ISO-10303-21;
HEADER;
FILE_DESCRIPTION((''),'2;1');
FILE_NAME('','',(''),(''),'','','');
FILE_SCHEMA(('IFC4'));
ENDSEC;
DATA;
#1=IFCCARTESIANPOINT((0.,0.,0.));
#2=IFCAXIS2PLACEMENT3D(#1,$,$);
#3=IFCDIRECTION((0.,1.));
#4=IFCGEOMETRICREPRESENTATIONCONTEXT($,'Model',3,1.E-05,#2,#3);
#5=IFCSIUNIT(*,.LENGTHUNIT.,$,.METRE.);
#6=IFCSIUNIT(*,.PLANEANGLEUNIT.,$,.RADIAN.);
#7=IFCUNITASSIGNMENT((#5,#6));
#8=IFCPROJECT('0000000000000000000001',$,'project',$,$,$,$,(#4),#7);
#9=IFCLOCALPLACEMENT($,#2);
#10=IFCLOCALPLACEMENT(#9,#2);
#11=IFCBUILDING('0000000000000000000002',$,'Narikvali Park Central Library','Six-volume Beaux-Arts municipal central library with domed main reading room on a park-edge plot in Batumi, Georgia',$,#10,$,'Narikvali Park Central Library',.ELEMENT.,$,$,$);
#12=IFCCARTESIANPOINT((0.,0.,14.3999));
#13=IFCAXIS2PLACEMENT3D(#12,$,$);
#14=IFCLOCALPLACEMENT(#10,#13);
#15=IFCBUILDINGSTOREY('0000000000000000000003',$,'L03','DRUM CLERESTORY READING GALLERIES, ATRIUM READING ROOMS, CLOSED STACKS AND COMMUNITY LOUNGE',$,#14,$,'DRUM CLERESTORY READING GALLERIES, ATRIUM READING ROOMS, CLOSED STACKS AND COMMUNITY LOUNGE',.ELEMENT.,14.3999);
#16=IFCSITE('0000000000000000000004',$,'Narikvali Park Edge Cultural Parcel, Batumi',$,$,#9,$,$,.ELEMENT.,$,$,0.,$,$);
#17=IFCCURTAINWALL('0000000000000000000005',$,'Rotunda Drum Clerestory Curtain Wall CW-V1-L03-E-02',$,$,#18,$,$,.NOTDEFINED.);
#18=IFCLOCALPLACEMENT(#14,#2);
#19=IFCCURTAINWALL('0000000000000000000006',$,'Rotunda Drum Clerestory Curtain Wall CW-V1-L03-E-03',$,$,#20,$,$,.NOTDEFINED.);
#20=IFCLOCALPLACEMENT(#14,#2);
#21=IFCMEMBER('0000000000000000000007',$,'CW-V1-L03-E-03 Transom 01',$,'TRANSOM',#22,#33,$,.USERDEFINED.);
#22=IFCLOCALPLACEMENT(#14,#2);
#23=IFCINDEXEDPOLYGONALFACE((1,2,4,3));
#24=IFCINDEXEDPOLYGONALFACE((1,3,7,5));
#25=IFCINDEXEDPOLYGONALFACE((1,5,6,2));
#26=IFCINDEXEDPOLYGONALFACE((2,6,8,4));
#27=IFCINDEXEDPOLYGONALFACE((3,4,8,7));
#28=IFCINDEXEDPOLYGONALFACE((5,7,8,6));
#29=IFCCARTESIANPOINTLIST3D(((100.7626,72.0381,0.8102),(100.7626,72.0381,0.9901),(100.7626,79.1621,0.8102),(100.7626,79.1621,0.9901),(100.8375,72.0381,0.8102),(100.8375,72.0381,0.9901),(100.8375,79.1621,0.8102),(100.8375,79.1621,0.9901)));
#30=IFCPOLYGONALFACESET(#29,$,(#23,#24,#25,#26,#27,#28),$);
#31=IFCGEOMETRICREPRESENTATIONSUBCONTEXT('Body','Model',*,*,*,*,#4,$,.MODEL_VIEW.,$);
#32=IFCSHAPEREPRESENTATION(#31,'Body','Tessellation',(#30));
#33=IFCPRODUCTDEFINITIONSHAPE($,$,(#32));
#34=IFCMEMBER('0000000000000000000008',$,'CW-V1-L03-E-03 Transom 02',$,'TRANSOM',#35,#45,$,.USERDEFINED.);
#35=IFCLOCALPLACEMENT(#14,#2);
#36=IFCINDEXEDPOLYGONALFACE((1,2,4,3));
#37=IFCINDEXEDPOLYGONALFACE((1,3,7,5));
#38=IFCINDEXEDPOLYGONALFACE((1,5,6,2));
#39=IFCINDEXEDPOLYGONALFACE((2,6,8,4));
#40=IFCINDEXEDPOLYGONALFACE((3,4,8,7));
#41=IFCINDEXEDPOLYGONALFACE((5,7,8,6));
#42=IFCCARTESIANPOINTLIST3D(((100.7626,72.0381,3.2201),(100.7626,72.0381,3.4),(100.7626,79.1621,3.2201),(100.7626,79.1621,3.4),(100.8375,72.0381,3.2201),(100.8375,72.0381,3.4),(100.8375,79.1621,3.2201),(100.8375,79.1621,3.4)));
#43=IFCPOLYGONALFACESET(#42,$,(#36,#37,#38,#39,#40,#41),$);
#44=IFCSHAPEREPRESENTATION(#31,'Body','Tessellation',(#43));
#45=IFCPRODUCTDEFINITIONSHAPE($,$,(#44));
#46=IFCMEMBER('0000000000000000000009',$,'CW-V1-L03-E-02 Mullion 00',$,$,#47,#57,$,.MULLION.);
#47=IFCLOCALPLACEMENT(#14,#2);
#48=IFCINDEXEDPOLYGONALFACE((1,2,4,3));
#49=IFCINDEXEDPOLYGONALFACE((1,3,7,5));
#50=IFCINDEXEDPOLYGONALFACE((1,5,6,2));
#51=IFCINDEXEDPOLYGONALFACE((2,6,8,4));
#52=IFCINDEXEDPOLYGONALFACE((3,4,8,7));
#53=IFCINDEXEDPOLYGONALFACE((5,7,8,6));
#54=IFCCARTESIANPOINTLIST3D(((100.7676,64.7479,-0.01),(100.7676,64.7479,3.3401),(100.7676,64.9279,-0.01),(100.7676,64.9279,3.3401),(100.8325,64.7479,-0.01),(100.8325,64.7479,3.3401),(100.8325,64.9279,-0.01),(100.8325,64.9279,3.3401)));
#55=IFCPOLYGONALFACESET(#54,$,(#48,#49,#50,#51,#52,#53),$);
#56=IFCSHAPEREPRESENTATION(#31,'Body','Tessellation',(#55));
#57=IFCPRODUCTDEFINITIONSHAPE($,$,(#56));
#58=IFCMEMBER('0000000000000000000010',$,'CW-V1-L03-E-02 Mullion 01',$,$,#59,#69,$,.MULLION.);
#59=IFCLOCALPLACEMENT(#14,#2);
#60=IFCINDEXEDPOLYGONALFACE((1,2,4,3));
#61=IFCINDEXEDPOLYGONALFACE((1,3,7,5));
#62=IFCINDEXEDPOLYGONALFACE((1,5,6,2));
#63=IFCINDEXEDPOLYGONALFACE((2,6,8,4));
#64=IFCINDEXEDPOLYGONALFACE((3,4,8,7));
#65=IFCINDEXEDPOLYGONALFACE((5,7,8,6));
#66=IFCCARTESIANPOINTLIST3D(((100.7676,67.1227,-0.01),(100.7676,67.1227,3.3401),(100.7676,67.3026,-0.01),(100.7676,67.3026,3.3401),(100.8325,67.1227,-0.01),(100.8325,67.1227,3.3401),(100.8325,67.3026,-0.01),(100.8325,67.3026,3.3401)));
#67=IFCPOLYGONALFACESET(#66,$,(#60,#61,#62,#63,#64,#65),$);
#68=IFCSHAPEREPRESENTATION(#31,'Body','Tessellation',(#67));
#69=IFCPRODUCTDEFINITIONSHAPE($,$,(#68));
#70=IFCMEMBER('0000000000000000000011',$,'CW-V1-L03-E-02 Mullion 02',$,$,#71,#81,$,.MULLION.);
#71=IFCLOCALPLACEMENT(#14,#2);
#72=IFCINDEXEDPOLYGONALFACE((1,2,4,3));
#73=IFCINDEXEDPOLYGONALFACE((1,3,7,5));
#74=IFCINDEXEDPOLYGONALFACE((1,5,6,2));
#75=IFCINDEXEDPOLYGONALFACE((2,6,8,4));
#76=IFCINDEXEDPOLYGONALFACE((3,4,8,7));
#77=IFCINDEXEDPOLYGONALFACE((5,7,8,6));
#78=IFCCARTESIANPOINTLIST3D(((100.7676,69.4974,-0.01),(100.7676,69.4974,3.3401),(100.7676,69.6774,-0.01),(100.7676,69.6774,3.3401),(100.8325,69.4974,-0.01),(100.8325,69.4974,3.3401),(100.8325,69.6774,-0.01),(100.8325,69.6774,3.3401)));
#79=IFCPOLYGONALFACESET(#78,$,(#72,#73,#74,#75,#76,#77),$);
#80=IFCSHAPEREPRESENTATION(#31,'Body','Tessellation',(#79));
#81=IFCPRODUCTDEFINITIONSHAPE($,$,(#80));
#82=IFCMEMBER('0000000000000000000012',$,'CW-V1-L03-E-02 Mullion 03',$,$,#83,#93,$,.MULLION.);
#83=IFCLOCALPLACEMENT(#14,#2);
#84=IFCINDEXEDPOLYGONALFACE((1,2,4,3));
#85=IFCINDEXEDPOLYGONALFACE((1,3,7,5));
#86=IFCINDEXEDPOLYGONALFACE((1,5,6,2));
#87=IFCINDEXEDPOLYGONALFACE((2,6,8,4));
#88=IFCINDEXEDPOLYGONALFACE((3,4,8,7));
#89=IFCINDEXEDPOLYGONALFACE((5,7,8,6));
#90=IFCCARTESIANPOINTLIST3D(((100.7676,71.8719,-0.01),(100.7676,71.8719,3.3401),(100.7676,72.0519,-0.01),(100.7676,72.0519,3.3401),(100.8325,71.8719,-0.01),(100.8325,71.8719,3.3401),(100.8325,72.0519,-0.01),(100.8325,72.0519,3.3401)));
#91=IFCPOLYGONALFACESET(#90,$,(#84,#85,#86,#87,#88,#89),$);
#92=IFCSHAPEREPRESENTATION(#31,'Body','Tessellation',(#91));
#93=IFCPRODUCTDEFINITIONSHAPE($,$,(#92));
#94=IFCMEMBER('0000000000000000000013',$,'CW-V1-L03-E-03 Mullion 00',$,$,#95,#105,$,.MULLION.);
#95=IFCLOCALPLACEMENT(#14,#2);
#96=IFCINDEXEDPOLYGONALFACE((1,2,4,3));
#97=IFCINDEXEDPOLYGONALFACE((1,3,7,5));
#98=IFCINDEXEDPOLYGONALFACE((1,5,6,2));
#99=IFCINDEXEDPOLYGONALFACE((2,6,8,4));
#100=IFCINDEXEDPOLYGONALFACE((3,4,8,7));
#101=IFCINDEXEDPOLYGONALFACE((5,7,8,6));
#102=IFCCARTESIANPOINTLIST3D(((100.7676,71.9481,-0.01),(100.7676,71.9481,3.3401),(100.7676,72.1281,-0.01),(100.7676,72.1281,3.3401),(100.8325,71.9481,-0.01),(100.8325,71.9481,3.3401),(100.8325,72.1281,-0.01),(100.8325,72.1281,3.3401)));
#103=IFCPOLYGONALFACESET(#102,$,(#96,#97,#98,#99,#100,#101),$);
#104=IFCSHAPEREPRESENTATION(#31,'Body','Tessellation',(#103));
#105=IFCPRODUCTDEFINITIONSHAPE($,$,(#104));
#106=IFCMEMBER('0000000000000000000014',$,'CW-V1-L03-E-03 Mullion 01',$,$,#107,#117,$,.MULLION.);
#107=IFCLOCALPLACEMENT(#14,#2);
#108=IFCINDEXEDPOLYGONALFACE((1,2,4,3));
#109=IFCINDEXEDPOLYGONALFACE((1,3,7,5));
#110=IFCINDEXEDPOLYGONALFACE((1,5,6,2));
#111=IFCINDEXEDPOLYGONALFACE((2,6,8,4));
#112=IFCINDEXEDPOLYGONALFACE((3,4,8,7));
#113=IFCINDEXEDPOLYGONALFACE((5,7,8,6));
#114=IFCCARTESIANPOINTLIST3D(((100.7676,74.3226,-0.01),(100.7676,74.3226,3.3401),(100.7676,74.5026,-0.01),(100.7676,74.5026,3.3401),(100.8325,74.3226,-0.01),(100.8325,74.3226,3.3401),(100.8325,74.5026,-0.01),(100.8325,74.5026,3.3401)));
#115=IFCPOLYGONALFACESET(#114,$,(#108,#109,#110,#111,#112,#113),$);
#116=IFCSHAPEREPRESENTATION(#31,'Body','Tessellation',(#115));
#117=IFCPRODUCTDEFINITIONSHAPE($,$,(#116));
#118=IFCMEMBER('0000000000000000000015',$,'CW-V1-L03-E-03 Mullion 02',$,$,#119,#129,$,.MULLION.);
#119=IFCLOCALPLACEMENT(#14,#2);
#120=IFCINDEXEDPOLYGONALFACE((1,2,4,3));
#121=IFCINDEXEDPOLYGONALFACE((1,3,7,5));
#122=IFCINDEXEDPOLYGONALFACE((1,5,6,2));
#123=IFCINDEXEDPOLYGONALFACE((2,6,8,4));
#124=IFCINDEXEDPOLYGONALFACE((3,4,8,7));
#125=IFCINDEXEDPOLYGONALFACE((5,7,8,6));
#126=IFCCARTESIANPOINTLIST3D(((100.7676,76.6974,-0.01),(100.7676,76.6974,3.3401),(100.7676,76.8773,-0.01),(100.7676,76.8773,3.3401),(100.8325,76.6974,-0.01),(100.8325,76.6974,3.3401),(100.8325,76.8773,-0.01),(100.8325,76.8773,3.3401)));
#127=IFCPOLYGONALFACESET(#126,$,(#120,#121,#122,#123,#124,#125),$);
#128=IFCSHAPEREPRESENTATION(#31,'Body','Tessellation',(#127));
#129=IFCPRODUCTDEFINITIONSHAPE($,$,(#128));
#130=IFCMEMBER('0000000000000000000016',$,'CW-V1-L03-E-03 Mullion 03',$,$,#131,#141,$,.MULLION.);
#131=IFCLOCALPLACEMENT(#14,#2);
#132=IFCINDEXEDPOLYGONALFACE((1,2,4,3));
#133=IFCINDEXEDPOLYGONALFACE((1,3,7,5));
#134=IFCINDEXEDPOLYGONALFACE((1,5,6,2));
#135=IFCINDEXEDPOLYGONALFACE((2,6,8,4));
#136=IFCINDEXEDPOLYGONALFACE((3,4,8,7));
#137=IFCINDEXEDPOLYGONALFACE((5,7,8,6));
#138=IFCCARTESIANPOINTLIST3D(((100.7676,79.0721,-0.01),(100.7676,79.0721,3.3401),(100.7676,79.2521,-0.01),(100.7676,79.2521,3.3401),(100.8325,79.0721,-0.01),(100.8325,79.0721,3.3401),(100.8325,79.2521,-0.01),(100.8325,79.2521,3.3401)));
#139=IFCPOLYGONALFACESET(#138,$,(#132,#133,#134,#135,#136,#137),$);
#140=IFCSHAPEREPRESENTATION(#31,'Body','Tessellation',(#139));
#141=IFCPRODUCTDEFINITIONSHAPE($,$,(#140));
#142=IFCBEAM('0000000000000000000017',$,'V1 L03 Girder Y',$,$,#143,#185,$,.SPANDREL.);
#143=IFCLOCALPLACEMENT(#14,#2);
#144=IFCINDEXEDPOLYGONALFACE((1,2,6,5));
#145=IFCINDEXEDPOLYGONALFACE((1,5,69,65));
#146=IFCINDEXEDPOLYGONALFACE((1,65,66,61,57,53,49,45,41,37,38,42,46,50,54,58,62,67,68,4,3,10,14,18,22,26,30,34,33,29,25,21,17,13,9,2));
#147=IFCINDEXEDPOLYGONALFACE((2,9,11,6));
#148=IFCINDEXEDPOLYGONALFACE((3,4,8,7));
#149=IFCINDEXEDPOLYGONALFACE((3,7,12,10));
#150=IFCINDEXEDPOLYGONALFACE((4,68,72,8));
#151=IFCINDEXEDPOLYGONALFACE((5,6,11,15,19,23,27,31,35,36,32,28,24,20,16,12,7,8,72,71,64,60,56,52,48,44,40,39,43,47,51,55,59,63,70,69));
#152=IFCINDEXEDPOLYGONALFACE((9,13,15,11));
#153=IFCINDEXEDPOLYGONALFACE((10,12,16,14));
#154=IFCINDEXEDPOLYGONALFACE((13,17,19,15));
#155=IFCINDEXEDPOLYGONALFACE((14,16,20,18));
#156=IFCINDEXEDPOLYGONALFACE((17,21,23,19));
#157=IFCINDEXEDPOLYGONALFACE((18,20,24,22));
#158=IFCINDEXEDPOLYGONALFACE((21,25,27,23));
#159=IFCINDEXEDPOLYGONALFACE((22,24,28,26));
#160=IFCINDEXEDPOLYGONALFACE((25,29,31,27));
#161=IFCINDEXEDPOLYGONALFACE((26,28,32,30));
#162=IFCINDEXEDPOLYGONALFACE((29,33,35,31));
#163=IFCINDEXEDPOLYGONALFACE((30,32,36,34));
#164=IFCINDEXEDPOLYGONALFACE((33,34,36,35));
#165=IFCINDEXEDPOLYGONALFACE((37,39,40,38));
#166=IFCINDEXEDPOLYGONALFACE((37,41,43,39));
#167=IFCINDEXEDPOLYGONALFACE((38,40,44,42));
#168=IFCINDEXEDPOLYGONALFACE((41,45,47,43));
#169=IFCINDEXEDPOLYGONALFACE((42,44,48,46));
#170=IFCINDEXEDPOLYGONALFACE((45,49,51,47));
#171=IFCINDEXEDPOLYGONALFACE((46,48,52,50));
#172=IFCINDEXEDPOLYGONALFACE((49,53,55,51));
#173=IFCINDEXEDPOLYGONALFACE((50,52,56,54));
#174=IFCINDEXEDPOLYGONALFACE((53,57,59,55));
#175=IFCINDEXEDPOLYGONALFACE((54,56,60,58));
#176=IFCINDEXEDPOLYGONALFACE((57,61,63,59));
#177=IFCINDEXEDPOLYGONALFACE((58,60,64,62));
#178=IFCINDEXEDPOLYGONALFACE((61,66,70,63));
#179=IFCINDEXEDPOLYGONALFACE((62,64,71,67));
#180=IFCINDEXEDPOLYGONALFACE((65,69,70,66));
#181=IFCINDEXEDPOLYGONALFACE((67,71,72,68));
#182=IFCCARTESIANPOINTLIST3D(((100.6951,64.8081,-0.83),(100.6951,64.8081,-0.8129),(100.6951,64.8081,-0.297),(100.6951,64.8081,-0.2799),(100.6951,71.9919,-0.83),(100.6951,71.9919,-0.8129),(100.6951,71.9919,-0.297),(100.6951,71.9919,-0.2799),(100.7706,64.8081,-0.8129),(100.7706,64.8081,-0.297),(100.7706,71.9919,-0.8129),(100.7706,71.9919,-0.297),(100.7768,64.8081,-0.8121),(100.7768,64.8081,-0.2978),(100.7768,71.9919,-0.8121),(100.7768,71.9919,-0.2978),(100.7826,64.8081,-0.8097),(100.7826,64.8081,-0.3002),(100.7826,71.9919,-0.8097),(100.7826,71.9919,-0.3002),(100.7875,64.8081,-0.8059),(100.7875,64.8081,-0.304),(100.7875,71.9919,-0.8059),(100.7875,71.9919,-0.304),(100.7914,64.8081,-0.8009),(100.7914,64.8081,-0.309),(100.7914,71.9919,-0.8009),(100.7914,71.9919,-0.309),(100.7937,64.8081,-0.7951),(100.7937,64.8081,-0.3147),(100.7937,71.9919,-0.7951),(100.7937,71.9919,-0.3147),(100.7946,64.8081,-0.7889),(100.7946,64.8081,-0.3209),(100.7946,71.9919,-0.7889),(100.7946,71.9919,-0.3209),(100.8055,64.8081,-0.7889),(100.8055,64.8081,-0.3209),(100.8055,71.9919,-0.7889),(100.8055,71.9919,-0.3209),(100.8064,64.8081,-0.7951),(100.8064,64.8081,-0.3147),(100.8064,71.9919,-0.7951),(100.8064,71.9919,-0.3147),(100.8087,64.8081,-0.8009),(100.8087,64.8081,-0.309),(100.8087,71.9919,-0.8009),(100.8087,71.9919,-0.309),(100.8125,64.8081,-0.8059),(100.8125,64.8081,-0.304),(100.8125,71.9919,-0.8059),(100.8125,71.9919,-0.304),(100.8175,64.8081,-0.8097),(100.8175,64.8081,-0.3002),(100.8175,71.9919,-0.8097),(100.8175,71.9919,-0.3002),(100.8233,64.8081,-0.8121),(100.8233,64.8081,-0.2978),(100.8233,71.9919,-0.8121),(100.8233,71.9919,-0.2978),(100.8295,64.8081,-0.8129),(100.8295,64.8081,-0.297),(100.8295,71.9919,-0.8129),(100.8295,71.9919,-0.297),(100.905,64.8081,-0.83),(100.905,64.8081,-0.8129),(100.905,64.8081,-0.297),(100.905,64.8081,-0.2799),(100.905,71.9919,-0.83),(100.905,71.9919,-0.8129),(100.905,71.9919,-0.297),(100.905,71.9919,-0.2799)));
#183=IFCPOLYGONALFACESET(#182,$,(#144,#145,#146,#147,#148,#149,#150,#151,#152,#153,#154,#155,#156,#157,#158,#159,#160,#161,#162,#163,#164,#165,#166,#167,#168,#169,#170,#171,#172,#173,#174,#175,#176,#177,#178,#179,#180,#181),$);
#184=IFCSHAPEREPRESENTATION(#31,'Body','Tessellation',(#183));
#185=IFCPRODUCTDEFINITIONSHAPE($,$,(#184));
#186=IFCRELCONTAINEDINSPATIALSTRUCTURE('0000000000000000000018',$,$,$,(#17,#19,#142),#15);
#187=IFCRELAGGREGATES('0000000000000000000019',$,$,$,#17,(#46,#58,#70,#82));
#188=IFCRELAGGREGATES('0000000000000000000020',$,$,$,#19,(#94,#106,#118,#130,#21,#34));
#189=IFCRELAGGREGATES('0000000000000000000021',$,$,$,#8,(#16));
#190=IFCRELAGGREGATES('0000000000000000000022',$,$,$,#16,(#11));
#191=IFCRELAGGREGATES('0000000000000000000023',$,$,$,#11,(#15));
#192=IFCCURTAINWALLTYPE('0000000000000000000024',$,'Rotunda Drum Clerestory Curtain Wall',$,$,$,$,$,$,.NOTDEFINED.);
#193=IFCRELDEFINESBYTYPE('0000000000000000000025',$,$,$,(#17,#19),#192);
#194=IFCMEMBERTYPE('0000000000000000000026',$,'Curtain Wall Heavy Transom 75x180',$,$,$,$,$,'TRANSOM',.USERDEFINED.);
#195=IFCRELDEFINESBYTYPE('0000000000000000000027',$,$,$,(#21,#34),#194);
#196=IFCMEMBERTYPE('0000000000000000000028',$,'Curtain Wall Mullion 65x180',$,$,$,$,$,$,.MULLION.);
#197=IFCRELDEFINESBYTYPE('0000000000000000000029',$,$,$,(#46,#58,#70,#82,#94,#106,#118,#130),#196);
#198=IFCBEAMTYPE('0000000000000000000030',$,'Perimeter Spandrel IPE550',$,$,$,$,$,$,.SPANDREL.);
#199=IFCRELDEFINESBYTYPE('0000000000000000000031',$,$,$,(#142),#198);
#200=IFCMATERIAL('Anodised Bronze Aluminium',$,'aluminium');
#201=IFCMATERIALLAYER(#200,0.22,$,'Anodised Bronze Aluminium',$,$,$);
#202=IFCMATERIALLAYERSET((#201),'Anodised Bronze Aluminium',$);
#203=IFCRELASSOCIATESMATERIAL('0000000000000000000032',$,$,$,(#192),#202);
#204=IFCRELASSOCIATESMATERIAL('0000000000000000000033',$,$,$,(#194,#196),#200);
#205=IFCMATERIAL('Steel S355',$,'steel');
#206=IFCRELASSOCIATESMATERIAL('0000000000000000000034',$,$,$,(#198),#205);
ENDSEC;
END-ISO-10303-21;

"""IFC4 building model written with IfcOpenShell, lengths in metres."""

from ifc_helpers import new_model, si_unit, direction, frame, origin, origin_2d, place, context, subcontext, project, spatial, rectangle, i_section, extrude, material, layer, layer_set, material_profile, profile_set, type_object, element, aggregate, save


model = new_model("IFC4")

# Units and contexts
model_context = context("Model", 3, precision=1e-05, world=origin(), true_north=direction((0.0, 1.0)))
body_context = subcontext(model_context, "Body", "Model", "MODEL_VIEW")
ifc_project = project(units=[si_unit("LENGTHUNIT", "METRE"), si_unit("PLANEANGLEUNIT", "RADIAN")], contexts=[model_context])

# Site, building, storey
site_placement = place(None, origin())
site = spatial("IfcSite", under=ifc_project, at=site_placement, Name="Narikvali Park Edge Cultural Parcel, Batumi", CompositionType="ELEMENT", RefElevation=0.0)
building_placement = place(site_placement, origin())
building = spatial("IfcBuilding", under=site, at=building_placement, Name="Narikvali Park Central Library", Description="Six-volume Beaux-Arts municipal central library with domed main reading room on a park-edge plot in Batumi, Georgia", LongName="Narikvali Park Central Library", CompositionType="ELEMENT")
storey_placement = place(building_placement, frame((0.0, 0.0, 14.3999)))
storey = spatial("IfcBuildingStorey", under=building, at=storey_placement, Name="L03", Description="DRUM CLERESTORY READING GALLERIES, ATRIUM READING ROOMS, CLOSED STACKS AND COMMUNITY LOUNGE", LongName="DRUM CLERESTORY READING GALLERIES, ATRIUM READING ROOMS, CLOSED STACKS AND COMMUNITY LOUNGE", CompositionType="ELEMENT", Elevation=14.3999)

# Shared definitions
ifc_material_1 = material(Name="Steel S355", Category="steel")

# Curtain walls, members
ifc_material_2 = material(Name="Anodised Bronze Aluminium", Category="aluminium")
ifc_layer_1 = layer(ifc_material_2, 0.22, Name="Anodised Bronze Aluminium")
ifc_layer_set_1 = layer_set([ifc_layer_1], Name="Anodised Bronze Aluminium")
curtain_wall_type = type_object("IfcCurtainWallType", Name="Rotunda Drum Clerestory Curtain Wall", PredefinedType="NOTDEFINED", material=ifc_layer_set_1)
curtain_wall_1_placement = place(storey_placement, origin())
curtain_wall_1 = element("IfcCurtainWall", 1, at=curtain_wall_1_placement, inside=storey, type_object=curtain_wall_type, Name="Rotunda Drum Clerestory Curtain Wall CW-V1-L03-E-02", PredefinedType="NOTDEFINED")
ifc_material_profile_1 = material_profile(ifc_material_2, rectangle(XDim=0.075, YDim=0.1799, at=origin_2d()), Name="CW TRANSOM 75x180")
ifc_profile_set_1 = profile_set([ifc_material_profile_1], Name="Anodised Bronze Aluminium")
member_type_1 = type_object("IfcMemberType", Name="Curtain Wall Heavy Transom 75x180", ElementType="TRANSOM", PredefinedType="USERDEFINED", material=ifc_profile_set_1)
curtain_wall_2_placement = place(storey_placement, origin())
curtain_wall_2 = element("IfcCurtainWall", 2, at=curtain_wall_2_placement, inside=storey, type_object=curtain_wall_type, Name="Rotunda Drum Clerestory Curtain Wall CW-V1-L03-E-03", PredefinedType="NOTDEFINED")
member_1_placement = place(storey_placement, frame((100.8, 72.0381, 0.9001), z_axis=(0.0, 1.0, 0.0), x_axis=(-1.0, 0.0, 0.0)))
member_1 = element("IfcMember", 3, at=member_1_placement, type_object=member_type_1, Name="CW-V1-L03-E-03 Transom 01", ObjectType="TRANSOM", PredefinedType="USERDEFINED", context=body_context, shape_type="SweptSolid", body=[
    extrude(rectangle(XDim=0.075, YDim=0.1799, at=origin_2d()), origin(), (0.0, 0.0, 1.0), 7.124),
])
member_2_placement = place(storey_placement, frame((100.8, 72.0381, 3.3101), z_axis=(0.0, 1.0, 0.0), x_axis=(-1.0, 0.0, 0.0)))
member_2 = element("IfcMember", 4, at=member_2_placement, type_object=member_type_1, Name="CW-V1-L03-E-03 Transom 02", ObjectType="TRANSOM", PredefinedType="USERDEFINED", context=body_context, shape_type="SweptSolid", body=[
    extrude(rectangle(XDim=0.075, YDim=0.1799, at=origin_2d()), origin(), (0.0, 0.0, 1.0), 7.124),
])

# Members
ifc_material_profile_2 = material_profile(ifc_material_2, rectangle(XDim=0.0649, YDim=0.1799, at=origin_2d()), Name="CW MULLION 65x180")
ifc_profile_set_2 = profile_set([ifc_material_profile_2], Name="Anodised Bronze Aluminium")
member_type_2 = type_object("IfcMemberType", Name="Curtain Wall Mullion 65x180", PredefinedType="MULLION", material=ifc_profile_set_2)
member_3_placement = place(storey_placement, frame((100.8, 64.8379, -0.01), z_axis=(0.0, 0.0, 1.0), x_axis=(1.0, 0.0, 0.0)))
member_3 = element("IfcMember", 5, at=member_3_placement, type_object=member_type_2, Name="CW-V1-L03-E-02 Mullion 00", PredefinedType="MULLION", context=body_context, shape_type="SweptSolid", body=[
    extrude(rectangle(XDim=0.0649, YDim=0.1799, at=origin_2d()), origin(), (0.0, 0.0, 1.0), 3.3501),
])
member_4_placement = place(storey_placement, frame((100.8, 67.2126, -0.01), z_axis=(0.0, 0.0, 1.0), x_axis=(1.0, 0.0, 0.0)))
member_4 = element("IfcMember", 6, at=member_4_placement, type_object=member_type_2, Name="CW-V1-L03-E-02 Mullion 01", PredefinedType="MULLION", context=body_context, shape_type="SweptSolid", body=[
    extrude(rectangle(XDim=0.0649, YDim=0.1799, at=origin_2d()), origin(), (0.0, 0.0, 1.0), 3.3501),
])
member_5_placement = place(storey_placement, frame((100.8, 69.5874, -0.01), z_axis=(0.0, 0.0, 1.0), x_axis=(1.0, 0.0, 0.0)))
member_5 = element("IfcMember", 7, at=member_5_placement, type_object=member_type_2, Name="CW-V1-L03-E-02 Mullion 02", PredefinedType="MULLION", context=body_context, shape_type="SweptSolid", body=[
    extrude(rectangle(XDim=0.0649, YDim=0.1799, at=origin_2d()), origin(), (0.0, 0.0, 1.0), 3.3501),
])
member_6_placement = place(storey_placement, frame((100.8, 71.9619, -0.01), z_axis=(0.0, 0.0, 1.0), x_axis=(1.0, 0.0, 0.0)))
member_6 = element("IfcMember", 8, at=member_6_placement, type_object=member_type_2, Name="CW-V1-L03-E-02 Mullion 03", PredefinedType="MULLION", context=body_context, shape_type="SweptSolid", body=[
    extrude(rectangle(XDim=0.0649, YDim=0.1799, at=origin_2d()), origin(), (0.0, 0.0, 1.0), 3.3501),
])
member_7_placement = place(storey_placement, frame((100.8, 72.0381, -0.01), z_axis=(0.0, 0.0, 1.0), x_axis=(1.0, 0.0, 0.0)))
member_7 = element("IfcMember", 9, at=member_7_placement, type_object=member_type_2, Name="CW-V1-L03-E-03 Mullion 00", PredefinedType="MULLION", context=body_context, shape_type="SweptSolid", body=[
    extrude(rectangle(XDim=0.0649, YDim=0.1799, at=origin_2d()), origin(), (0.0, 0.0, 1.0), 3.3501),
])
member_8_placement = place(storey_placement, frame((100.8, 74.4126, -0.01), z_axis=(0.0, 0.0, 1.0), x_axis=(1.0, 0.0, 0.0)))
member_8 = element("IfcMember", 10, at=member_8_placement, type_object=member_type_2, Name="CW-V1-L03-E-03 Mullion 01", PredefinedType="MULLION", context=body_context, shape_type="SweptSolid", body=[
    extrude(rectangle(XDim=0.0649, YDim=0.1799, at=origin_2d()), origin(), (0.0, 0.0, 1.0), 3.3501),
])
member_9_placement = place(storey_placement, frame((100.8, 76.7874, -0.01), z_axis=(0.0, 0.0, 1.0), x_axis=(1.0, 0.0, 0.0)))
member_9 = element("IfcMember", 11, at=member_9_placement, type_object=member_type_2, Name="CW-V1-L03-E-03 Mullion 02", PredefinedType="MULLION", context=body_context, shape_type="SweptSolid", body=[
    extrude(rectangle(XDim=0.0649, YDim=0.1799, at=origin_2d()), origin(), (0.0, 0.0, 1.0), 3.3501),
])
member_10_placement = place(storey_placement, frame((100.8, 79.1621, -0.01), z_axis=(0.0, 0.0, 1.0), x_axis=(1.0, 0.0, 0.0)))
member_10 = element("IfcMember", 12, at=member_10_placement, type_object=member_type_2, Name="CW-V1-L03-E-03 Mullion 03", PredefinedType="MULLION", context=body_context, shape_type="SweptSolid", body=[
    extrude(rectangle(XDim=0.0649, YDim=0.1799, at=origin_2d()), origin(), (0.0, 0.0, 1.0), 3.3501),
])

# Beam
ifc_material_profile_3 = material_profile(ifc_material_1, i_section(OverallWidth=0.21, OverallDepth=0.55, WebThickness=0.011, FlangeThickness=0.0171, FilletRadius=0.0239, at=origin_2d()), Name="IPE 550")
ifc_profile_set_3 = profile_set([ifc_material_profile_3], Name="Steel S355")
beam_type_1 = type_object("IfcBeamType", Name="Perimeter Spandrel IPE550", PredefinedType="SPANDREL", material=ifc_profile_set_3)
for number, where, z_axis, x_axis, name in (
    (13, (100.8, 64.8081, -0.5549), (0.0, 1.0, 0.0), (-1.0, 0.0, 0.0), "V1 L03 Girder Y"),
):
    element("IfcBeam", number, at=place(storey_placement, frame(where, z_axis=z_axis, x_axis=x_axis)), inside=storey, type_object=beam_type_1, Name=name, PredefinedType="SPANDREL", context=body_context, shape_type="SweptSolid", body=[
        extrude(i_section(OverallWidth=0.21, OverallDepth=0.55, WebThickness=0.011, FlangeThickness=0.0171, FilletRadius=0.0239, at=origin_2d()), origin(), (0.0, 0.0, 1.0), 7.1838),
    ])

aggregate(curtain_wall_1, [member_3, member_4, member_5, member_6])
aggregate(curtain_wall_2, [member_7, member_8, member_9, member_10, member_1, member_2])

save(model, "model.ifc")
